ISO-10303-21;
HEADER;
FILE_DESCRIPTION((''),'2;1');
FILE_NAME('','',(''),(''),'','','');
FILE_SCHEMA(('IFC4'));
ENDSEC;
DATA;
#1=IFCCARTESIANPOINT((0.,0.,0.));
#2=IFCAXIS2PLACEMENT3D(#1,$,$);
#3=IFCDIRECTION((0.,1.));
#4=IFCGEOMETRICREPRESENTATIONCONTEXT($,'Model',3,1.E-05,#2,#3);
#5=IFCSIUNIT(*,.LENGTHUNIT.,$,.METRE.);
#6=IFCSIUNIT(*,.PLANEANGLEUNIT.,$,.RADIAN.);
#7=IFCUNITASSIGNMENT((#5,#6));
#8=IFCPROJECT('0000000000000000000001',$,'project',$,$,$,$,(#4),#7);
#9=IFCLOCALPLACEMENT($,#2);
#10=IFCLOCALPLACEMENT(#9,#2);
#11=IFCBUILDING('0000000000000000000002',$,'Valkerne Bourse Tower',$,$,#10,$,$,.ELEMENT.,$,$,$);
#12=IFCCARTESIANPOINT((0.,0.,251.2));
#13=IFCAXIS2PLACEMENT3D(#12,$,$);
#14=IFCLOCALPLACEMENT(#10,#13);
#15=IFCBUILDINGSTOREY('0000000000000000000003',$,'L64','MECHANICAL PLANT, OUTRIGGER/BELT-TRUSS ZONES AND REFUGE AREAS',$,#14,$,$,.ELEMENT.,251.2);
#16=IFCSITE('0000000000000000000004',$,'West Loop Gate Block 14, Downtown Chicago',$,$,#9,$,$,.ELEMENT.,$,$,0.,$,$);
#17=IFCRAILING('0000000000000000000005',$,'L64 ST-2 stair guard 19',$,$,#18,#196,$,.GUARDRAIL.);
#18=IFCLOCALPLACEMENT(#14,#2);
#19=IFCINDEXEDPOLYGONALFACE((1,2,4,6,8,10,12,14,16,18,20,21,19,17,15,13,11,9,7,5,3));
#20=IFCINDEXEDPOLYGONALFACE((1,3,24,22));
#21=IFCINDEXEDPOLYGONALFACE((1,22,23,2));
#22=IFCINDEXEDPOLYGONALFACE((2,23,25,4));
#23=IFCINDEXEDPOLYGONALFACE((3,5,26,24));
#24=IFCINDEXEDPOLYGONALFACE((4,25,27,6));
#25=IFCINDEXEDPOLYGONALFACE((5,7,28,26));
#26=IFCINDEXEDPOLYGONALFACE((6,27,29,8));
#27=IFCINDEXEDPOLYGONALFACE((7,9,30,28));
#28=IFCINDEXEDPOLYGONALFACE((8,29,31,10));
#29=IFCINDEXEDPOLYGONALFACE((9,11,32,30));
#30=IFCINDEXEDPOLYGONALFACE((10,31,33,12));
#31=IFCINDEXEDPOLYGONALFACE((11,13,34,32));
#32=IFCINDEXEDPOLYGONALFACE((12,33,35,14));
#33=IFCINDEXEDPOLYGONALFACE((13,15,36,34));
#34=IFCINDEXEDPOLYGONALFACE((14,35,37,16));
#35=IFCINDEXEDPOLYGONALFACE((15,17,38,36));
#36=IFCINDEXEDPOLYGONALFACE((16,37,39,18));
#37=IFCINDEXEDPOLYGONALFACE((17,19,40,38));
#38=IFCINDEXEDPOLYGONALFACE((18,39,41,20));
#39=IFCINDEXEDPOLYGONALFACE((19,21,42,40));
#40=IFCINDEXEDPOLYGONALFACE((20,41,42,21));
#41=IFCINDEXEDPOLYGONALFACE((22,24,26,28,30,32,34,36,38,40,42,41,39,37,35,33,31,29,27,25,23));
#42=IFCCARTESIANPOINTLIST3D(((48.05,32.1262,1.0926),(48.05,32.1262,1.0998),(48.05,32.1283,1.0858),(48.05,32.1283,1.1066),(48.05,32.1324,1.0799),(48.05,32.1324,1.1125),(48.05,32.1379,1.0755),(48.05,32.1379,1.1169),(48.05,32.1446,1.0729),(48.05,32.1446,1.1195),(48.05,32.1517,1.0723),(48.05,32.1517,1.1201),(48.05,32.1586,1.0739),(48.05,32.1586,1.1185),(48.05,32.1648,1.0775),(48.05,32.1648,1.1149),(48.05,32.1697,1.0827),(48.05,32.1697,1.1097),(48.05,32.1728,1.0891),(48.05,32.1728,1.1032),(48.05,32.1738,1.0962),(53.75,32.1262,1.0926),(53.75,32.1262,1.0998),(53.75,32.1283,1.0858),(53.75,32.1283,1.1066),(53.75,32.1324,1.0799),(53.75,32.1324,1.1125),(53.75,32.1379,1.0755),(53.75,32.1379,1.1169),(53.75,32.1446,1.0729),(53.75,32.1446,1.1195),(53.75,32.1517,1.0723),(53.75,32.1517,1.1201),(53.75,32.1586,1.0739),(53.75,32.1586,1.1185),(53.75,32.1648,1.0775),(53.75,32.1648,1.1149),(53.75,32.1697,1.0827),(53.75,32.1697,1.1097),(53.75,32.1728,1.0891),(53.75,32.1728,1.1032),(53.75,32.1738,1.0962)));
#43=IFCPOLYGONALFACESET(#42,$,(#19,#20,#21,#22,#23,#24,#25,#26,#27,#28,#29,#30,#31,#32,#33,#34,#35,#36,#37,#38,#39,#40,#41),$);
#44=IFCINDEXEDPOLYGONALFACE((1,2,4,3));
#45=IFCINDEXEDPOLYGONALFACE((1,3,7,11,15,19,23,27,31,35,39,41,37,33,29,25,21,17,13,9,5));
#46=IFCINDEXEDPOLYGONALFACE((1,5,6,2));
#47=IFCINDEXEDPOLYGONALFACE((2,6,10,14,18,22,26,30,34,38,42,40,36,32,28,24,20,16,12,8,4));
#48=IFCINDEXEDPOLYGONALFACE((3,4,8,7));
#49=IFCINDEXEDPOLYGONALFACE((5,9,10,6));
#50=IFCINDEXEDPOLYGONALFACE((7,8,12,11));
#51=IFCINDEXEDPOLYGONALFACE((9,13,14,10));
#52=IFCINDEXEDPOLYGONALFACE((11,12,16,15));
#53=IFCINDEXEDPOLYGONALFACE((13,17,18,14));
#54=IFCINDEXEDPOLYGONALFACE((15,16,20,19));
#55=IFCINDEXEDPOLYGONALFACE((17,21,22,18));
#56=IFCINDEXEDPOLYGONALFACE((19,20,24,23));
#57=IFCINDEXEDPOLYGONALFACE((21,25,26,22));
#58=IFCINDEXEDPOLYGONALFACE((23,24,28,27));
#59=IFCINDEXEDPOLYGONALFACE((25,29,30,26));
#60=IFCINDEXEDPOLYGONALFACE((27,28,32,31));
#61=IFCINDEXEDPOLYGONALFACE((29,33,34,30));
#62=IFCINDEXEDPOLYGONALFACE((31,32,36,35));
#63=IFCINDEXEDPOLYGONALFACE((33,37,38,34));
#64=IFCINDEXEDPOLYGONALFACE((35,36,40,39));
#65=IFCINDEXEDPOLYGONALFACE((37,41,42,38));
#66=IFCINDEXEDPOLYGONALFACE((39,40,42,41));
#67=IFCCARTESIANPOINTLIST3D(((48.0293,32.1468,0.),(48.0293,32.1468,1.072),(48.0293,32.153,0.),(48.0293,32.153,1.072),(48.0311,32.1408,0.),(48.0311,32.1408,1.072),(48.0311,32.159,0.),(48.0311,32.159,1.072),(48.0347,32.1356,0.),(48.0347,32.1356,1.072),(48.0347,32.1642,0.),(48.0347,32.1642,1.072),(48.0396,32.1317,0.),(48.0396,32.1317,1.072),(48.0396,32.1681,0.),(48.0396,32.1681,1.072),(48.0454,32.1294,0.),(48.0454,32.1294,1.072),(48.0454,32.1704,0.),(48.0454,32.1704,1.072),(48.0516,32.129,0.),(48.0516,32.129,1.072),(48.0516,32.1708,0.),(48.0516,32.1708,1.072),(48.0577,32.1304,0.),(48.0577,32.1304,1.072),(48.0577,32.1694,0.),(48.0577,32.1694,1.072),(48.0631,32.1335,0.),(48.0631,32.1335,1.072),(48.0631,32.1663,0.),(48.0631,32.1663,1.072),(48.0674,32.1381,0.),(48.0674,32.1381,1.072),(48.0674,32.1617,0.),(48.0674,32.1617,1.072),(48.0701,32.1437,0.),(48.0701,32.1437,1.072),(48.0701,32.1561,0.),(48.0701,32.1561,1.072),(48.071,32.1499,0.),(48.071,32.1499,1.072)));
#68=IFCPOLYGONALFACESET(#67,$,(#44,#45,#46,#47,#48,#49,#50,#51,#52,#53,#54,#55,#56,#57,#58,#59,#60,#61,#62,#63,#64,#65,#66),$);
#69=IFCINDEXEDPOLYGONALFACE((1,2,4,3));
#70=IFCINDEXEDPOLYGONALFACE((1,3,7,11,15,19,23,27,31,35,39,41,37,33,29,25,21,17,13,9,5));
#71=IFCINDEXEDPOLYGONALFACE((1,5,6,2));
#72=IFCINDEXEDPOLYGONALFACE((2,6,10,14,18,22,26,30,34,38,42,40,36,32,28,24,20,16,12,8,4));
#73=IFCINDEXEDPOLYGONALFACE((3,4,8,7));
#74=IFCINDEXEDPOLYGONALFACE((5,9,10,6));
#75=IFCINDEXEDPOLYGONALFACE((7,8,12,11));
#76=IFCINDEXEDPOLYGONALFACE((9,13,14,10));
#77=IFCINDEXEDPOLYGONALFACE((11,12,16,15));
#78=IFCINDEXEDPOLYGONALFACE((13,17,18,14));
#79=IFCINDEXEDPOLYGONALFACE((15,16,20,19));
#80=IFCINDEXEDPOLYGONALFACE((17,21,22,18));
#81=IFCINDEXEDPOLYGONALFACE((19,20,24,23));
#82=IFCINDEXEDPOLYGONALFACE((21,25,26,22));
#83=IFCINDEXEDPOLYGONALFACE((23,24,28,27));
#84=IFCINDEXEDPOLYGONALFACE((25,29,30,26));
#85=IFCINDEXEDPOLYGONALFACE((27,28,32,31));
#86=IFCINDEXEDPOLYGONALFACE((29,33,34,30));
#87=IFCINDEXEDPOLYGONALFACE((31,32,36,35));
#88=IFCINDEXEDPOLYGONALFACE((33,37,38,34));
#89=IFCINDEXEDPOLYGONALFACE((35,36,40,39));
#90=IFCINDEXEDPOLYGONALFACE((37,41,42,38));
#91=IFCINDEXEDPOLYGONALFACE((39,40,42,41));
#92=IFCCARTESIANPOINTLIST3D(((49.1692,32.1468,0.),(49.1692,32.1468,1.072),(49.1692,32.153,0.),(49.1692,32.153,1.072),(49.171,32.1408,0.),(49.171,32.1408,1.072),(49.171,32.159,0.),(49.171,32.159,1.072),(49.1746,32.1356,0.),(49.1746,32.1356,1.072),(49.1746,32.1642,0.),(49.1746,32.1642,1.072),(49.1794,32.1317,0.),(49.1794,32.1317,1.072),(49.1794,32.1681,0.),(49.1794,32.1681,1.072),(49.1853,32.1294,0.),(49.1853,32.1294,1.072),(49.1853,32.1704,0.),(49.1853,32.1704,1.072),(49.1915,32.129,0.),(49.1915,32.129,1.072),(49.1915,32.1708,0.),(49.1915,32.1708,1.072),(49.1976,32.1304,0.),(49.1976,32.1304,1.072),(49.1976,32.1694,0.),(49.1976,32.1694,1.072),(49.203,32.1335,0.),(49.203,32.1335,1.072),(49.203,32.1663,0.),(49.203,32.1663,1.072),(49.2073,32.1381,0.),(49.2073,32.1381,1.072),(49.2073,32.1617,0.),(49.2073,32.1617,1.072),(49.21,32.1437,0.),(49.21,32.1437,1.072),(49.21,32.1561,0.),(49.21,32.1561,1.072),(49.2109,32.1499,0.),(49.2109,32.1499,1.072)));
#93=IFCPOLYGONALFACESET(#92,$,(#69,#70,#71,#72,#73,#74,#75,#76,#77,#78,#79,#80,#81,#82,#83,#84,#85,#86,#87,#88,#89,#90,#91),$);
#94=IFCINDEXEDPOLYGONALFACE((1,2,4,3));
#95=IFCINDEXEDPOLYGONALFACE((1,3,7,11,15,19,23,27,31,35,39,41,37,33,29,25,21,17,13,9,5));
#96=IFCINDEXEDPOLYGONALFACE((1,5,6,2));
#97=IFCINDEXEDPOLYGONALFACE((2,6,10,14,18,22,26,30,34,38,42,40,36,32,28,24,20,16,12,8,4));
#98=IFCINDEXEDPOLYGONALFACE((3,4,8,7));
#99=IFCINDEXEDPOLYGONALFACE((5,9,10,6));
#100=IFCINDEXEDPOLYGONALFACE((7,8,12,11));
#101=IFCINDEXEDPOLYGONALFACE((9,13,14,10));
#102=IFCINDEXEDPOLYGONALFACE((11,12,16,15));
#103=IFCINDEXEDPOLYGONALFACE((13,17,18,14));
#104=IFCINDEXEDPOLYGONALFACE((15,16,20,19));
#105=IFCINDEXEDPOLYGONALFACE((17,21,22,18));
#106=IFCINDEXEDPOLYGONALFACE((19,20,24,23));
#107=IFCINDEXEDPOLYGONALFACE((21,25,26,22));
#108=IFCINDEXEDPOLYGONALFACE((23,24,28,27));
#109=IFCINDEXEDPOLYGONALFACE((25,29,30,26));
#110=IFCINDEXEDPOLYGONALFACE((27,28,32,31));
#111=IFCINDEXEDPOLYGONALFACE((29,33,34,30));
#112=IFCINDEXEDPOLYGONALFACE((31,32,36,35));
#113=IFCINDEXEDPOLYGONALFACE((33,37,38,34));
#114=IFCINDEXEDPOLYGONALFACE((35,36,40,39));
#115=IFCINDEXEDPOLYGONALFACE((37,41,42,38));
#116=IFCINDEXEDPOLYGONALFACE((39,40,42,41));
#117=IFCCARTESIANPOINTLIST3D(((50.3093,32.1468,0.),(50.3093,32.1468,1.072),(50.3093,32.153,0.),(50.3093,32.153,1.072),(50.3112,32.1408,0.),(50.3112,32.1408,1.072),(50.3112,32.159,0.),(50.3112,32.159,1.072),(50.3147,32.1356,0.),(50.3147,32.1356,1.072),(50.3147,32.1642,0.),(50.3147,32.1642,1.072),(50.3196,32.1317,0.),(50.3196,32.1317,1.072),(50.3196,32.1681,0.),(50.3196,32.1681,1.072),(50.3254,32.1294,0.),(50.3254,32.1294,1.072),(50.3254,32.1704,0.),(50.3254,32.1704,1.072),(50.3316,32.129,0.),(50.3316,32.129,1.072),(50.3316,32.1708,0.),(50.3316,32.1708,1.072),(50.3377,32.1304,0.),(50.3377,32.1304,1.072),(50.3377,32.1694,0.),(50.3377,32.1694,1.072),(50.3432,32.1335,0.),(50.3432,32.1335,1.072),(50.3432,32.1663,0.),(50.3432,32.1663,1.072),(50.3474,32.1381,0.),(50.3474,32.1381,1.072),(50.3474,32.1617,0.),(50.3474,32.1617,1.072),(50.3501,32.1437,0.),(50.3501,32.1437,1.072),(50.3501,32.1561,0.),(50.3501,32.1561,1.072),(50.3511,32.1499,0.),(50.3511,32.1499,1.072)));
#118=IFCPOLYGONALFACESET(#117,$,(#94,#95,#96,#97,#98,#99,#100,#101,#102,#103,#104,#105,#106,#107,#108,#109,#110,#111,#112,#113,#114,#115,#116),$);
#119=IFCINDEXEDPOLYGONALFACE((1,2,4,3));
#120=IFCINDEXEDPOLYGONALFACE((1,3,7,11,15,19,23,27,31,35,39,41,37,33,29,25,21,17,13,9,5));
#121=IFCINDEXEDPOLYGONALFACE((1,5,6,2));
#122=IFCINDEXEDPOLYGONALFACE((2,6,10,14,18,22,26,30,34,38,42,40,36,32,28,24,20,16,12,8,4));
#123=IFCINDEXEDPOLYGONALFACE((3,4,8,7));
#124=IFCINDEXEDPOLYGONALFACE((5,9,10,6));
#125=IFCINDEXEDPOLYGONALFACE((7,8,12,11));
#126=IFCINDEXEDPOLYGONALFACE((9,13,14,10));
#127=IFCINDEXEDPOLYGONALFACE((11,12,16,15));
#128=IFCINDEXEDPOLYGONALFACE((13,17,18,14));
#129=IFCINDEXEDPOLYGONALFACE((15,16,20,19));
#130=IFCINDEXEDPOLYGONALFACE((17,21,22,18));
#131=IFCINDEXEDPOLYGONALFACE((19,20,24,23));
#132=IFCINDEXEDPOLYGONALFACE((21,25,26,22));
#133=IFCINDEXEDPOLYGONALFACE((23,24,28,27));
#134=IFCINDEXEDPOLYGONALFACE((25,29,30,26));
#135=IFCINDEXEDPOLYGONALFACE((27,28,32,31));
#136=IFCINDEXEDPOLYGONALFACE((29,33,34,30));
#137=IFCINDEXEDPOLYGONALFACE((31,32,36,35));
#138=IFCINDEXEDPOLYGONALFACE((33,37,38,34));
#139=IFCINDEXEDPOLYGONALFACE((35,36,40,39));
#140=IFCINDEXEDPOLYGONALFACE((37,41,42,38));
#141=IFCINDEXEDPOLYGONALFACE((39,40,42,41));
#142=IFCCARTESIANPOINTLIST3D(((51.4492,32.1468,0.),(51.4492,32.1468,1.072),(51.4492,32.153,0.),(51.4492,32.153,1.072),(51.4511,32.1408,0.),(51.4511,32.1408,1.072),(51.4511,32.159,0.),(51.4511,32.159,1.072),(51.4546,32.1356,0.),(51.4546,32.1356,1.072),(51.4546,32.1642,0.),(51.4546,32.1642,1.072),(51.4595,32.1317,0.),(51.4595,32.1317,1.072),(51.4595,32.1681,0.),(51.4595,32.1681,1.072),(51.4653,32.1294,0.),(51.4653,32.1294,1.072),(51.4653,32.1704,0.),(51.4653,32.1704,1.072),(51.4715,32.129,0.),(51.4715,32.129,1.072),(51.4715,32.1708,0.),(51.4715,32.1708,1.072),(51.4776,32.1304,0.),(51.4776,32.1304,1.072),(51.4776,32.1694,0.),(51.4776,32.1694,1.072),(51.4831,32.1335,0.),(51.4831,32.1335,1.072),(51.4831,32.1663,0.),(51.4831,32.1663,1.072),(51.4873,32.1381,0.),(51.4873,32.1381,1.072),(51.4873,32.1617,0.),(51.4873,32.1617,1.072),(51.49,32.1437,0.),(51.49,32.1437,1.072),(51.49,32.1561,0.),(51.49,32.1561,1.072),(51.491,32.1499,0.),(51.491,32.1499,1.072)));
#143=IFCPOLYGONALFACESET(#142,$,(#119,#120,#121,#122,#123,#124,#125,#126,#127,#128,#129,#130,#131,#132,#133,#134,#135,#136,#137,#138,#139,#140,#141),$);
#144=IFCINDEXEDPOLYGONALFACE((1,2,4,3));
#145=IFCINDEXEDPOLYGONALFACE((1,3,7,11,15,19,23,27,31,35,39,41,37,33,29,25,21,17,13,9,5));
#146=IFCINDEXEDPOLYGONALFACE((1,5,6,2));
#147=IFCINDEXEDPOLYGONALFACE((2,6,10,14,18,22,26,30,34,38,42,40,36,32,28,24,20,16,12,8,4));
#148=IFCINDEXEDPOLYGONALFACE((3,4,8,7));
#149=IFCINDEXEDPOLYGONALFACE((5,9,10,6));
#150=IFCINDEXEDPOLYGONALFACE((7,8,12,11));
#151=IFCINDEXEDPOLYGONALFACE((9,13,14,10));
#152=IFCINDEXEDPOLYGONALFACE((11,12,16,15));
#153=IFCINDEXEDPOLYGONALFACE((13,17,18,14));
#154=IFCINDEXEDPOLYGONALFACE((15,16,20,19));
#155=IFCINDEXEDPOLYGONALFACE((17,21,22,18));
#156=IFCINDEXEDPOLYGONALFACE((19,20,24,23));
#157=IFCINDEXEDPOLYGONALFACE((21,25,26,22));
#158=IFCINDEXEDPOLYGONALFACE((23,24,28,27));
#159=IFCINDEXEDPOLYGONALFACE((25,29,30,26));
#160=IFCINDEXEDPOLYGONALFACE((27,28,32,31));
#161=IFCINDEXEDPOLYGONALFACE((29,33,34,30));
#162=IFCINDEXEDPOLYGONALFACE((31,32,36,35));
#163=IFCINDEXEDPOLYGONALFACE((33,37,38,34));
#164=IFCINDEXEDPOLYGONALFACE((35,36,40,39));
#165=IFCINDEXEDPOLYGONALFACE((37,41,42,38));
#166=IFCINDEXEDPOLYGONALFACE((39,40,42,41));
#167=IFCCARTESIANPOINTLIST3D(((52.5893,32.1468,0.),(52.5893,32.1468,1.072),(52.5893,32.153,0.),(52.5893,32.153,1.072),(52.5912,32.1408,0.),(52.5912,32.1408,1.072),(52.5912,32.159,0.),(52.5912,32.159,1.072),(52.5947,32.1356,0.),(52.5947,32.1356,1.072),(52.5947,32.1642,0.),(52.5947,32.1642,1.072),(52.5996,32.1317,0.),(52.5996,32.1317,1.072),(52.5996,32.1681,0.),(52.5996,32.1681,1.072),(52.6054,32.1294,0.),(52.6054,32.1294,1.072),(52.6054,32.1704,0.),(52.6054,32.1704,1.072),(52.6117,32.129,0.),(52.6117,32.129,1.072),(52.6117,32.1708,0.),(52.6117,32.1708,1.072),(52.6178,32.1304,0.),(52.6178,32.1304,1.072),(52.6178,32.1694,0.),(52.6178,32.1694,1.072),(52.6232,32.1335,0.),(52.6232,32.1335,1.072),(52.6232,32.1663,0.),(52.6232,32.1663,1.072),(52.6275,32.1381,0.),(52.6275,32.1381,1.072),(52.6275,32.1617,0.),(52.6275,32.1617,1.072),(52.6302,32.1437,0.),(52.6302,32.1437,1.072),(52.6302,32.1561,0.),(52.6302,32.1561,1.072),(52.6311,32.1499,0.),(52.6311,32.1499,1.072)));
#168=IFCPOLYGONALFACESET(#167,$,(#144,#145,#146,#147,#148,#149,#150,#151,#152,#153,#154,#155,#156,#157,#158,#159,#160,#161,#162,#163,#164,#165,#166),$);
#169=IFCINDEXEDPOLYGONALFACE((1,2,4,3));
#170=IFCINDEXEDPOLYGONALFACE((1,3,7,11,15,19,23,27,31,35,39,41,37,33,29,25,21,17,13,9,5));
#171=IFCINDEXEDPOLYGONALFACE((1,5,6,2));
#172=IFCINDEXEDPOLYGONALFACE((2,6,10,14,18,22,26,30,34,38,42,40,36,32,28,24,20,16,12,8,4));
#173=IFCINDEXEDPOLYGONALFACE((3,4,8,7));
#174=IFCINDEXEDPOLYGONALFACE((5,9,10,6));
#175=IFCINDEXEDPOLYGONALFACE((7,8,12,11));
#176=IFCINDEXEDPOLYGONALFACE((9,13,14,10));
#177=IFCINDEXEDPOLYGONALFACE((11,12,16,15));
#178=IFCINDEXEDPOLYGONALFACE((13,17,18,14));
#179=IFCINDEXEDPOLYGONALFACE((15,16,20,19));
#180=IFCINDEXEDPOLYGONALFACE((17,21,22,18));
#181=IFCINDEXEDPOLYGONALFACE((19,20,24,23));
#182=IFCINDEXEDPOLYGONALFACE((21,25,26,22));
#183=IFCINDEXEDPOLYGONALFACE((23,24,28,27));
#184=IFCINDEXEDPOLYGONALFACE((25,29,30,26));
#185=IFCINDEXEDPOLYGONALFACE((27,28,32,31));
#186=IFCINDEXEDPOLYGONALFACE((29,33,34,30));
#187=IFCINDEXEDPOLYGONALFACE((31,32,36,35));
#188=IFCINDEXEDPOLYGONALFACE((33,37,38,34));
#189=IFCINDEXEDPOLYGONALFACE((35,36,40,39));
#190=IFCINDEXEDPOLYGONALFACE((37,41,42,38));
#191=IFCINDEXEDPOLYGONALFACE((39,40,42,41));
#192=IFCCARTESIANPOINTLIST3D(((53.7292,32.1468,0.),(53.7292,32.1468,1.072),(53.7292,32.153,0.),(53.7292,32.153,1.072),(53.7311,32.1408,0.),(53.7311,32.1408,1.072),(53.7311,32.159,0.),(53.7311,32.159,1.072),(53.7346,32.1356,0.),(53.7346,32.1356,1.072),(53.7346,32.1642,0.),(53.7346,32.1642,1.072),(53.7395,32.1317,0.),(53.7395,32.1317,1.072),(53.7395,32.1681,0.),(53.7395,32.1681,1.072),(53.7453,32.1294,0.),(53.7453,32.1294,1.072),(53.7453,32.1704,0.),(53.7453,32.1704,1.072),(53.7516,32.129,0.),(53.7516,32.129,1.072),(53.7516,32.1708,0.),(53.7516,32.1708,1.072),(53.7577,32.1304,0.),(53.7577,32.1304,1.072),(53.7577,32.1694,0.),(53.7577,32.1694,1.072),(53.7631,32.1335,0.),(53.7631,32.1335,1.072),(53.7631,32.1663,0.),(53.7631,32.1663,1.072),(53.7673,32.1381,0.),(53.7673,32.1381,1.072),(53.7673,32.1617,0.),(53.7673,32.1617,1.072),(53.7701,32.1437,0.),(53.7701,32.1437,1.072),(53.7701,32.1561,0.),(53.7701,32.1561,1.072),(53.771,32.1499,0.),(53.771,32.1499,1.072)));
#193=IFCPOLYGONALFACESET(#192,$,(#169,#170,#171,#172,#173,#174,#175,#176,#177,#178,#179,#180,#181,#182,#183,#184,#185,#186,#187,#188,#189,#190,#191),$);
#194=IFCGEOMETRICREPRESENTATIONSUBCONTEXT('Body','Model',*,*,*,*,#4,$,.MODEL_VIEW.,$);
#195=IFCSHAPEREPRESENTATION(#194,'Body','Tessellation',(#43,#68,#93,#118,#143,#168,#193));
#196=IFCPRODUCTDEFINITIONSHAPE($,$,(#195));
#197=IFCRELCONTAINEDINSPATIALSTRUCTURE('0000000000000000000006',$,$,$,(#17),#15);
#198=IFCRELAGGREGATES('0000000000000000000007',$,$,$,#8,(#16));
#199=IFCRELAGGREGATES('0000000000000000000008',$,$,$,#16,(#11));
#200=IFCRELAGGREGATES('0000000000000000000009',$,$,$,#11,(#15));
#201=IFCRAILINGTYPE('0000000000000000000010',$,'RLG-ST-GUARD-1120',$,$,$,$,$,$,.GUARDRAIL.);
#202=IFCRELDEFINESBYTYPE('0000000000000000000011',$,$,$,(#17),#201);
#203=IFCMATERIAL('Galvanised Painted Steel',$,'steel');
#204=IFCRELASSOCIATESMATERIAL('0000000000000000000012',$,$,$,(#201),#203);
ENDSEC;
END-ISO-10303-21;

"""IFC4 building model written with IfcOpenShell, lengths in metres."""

from ifc_helpers import new_model, si_unit, direction, frame, origin, origin_2d, place, context, subcontext, project, spatial, circle, extrude, material, type_object, element, save


model = new_model("IFC4")

# Units and contexts
model_context = context("Model", 3, precision=1e-05, world=origin(), true_north=direction((0.0, 1.0)))
body_context = subcontext(model_context, "Body", "Model", "MODEL_VIEW")
ifc_project = project(units=[si_unit("LENGTHUNIT", "METRE"), si_unit("PLANEANGLEUNIT", "RADIAN")], contexts=[model_context])

# Site, building, storey
site_placement = place(None, origin())
site = spatial("IfcSite", under=ifc_project, at=site_placement, Name="West Loop Gate Block 14, Downtown Chicago", CompositionType="ELEMENT", RefElevation=0.0)
building_placement = place(site_placement, origin())
building = spatial("IfcBuilding", under=site, at=building_placement, Name="Valkerne Bourse Tower", CompositionType="ELEMENT")
storey_placement = place(building_placement, frame((0.0, 0.0, 251.2)))
storey = spatial("IfcBuildingStorey", under=building, at=storey_placement, Name="L64", Description="MECHANICAL PLANT, OUTRIGGER/BELT-TRUSS ZONES AND REFUGE AREAS", CompositionType="ELEMENT", Elevation=251.2)

# Shared definitions
ifc_material_1 = material(Name="Galvanised Painted Steel", Category="steel")

# Railing
railing_type_1 = type_object("IfcRailingType", Name="RLG-ST-GUARD-1120", PredefinedType="GUARDRAIL", material=ifc_material_1)
railing_1_placement = place(storey_placement, frame((48.05, 32.1499, 0.0)))
element("IfcRailing", 1, at=railing_1_placement, inside=storey, type_object=railing_type_1, Name="L64 ST-2 stair guard 19", PredefinedType="GUARDRAIL", context=body_context, shape_type="SweptSolid", body=[
    extrude(circle(Radius=0.0239, at=origin_2d()), frame((0.0, 0.0, 1.0962), z_axis=(1.0, 0.0, 0.0), x_axis=(0.0, 1.0, 0.0)), (0.0, 0.0, 1.0), 5.7),
    extrude(circle(Radius=0.021, at=origin_2d()), origin(), (0.0, 0.0, 1.0), 1.072),
    extrude(circle(Radius=0.021, at=origin_2d()), frame((1.1399, 0.0, 0.0)), (0.0, 0.0, 1.0), 1.072),
    extrude(circle(Radius=0.021, at=origin_2d()), frame((2.28, 0.0, 0.0)), (0.0, 0.0, 1.0), 1.072),
    extrude(circle(Radius=0.021, at=origin_2d()), frame((3.4199, 0.0, 0.0)), (0.0, 0.0, 1.0), 1.072),
    extrude(circle(Radius=0.021, at=origin_2d()), frame((4.5601, 0.0, 0.0)), (0.0, 0.0, 1.0), 1.072),
    extrude(circle(Radius=0.021, at=origin_2d()), frame((5.7, 0.0, 0.0)), (0.0, 0.0, 1.0), 1.072),
])

save(model, "model.ifc")
